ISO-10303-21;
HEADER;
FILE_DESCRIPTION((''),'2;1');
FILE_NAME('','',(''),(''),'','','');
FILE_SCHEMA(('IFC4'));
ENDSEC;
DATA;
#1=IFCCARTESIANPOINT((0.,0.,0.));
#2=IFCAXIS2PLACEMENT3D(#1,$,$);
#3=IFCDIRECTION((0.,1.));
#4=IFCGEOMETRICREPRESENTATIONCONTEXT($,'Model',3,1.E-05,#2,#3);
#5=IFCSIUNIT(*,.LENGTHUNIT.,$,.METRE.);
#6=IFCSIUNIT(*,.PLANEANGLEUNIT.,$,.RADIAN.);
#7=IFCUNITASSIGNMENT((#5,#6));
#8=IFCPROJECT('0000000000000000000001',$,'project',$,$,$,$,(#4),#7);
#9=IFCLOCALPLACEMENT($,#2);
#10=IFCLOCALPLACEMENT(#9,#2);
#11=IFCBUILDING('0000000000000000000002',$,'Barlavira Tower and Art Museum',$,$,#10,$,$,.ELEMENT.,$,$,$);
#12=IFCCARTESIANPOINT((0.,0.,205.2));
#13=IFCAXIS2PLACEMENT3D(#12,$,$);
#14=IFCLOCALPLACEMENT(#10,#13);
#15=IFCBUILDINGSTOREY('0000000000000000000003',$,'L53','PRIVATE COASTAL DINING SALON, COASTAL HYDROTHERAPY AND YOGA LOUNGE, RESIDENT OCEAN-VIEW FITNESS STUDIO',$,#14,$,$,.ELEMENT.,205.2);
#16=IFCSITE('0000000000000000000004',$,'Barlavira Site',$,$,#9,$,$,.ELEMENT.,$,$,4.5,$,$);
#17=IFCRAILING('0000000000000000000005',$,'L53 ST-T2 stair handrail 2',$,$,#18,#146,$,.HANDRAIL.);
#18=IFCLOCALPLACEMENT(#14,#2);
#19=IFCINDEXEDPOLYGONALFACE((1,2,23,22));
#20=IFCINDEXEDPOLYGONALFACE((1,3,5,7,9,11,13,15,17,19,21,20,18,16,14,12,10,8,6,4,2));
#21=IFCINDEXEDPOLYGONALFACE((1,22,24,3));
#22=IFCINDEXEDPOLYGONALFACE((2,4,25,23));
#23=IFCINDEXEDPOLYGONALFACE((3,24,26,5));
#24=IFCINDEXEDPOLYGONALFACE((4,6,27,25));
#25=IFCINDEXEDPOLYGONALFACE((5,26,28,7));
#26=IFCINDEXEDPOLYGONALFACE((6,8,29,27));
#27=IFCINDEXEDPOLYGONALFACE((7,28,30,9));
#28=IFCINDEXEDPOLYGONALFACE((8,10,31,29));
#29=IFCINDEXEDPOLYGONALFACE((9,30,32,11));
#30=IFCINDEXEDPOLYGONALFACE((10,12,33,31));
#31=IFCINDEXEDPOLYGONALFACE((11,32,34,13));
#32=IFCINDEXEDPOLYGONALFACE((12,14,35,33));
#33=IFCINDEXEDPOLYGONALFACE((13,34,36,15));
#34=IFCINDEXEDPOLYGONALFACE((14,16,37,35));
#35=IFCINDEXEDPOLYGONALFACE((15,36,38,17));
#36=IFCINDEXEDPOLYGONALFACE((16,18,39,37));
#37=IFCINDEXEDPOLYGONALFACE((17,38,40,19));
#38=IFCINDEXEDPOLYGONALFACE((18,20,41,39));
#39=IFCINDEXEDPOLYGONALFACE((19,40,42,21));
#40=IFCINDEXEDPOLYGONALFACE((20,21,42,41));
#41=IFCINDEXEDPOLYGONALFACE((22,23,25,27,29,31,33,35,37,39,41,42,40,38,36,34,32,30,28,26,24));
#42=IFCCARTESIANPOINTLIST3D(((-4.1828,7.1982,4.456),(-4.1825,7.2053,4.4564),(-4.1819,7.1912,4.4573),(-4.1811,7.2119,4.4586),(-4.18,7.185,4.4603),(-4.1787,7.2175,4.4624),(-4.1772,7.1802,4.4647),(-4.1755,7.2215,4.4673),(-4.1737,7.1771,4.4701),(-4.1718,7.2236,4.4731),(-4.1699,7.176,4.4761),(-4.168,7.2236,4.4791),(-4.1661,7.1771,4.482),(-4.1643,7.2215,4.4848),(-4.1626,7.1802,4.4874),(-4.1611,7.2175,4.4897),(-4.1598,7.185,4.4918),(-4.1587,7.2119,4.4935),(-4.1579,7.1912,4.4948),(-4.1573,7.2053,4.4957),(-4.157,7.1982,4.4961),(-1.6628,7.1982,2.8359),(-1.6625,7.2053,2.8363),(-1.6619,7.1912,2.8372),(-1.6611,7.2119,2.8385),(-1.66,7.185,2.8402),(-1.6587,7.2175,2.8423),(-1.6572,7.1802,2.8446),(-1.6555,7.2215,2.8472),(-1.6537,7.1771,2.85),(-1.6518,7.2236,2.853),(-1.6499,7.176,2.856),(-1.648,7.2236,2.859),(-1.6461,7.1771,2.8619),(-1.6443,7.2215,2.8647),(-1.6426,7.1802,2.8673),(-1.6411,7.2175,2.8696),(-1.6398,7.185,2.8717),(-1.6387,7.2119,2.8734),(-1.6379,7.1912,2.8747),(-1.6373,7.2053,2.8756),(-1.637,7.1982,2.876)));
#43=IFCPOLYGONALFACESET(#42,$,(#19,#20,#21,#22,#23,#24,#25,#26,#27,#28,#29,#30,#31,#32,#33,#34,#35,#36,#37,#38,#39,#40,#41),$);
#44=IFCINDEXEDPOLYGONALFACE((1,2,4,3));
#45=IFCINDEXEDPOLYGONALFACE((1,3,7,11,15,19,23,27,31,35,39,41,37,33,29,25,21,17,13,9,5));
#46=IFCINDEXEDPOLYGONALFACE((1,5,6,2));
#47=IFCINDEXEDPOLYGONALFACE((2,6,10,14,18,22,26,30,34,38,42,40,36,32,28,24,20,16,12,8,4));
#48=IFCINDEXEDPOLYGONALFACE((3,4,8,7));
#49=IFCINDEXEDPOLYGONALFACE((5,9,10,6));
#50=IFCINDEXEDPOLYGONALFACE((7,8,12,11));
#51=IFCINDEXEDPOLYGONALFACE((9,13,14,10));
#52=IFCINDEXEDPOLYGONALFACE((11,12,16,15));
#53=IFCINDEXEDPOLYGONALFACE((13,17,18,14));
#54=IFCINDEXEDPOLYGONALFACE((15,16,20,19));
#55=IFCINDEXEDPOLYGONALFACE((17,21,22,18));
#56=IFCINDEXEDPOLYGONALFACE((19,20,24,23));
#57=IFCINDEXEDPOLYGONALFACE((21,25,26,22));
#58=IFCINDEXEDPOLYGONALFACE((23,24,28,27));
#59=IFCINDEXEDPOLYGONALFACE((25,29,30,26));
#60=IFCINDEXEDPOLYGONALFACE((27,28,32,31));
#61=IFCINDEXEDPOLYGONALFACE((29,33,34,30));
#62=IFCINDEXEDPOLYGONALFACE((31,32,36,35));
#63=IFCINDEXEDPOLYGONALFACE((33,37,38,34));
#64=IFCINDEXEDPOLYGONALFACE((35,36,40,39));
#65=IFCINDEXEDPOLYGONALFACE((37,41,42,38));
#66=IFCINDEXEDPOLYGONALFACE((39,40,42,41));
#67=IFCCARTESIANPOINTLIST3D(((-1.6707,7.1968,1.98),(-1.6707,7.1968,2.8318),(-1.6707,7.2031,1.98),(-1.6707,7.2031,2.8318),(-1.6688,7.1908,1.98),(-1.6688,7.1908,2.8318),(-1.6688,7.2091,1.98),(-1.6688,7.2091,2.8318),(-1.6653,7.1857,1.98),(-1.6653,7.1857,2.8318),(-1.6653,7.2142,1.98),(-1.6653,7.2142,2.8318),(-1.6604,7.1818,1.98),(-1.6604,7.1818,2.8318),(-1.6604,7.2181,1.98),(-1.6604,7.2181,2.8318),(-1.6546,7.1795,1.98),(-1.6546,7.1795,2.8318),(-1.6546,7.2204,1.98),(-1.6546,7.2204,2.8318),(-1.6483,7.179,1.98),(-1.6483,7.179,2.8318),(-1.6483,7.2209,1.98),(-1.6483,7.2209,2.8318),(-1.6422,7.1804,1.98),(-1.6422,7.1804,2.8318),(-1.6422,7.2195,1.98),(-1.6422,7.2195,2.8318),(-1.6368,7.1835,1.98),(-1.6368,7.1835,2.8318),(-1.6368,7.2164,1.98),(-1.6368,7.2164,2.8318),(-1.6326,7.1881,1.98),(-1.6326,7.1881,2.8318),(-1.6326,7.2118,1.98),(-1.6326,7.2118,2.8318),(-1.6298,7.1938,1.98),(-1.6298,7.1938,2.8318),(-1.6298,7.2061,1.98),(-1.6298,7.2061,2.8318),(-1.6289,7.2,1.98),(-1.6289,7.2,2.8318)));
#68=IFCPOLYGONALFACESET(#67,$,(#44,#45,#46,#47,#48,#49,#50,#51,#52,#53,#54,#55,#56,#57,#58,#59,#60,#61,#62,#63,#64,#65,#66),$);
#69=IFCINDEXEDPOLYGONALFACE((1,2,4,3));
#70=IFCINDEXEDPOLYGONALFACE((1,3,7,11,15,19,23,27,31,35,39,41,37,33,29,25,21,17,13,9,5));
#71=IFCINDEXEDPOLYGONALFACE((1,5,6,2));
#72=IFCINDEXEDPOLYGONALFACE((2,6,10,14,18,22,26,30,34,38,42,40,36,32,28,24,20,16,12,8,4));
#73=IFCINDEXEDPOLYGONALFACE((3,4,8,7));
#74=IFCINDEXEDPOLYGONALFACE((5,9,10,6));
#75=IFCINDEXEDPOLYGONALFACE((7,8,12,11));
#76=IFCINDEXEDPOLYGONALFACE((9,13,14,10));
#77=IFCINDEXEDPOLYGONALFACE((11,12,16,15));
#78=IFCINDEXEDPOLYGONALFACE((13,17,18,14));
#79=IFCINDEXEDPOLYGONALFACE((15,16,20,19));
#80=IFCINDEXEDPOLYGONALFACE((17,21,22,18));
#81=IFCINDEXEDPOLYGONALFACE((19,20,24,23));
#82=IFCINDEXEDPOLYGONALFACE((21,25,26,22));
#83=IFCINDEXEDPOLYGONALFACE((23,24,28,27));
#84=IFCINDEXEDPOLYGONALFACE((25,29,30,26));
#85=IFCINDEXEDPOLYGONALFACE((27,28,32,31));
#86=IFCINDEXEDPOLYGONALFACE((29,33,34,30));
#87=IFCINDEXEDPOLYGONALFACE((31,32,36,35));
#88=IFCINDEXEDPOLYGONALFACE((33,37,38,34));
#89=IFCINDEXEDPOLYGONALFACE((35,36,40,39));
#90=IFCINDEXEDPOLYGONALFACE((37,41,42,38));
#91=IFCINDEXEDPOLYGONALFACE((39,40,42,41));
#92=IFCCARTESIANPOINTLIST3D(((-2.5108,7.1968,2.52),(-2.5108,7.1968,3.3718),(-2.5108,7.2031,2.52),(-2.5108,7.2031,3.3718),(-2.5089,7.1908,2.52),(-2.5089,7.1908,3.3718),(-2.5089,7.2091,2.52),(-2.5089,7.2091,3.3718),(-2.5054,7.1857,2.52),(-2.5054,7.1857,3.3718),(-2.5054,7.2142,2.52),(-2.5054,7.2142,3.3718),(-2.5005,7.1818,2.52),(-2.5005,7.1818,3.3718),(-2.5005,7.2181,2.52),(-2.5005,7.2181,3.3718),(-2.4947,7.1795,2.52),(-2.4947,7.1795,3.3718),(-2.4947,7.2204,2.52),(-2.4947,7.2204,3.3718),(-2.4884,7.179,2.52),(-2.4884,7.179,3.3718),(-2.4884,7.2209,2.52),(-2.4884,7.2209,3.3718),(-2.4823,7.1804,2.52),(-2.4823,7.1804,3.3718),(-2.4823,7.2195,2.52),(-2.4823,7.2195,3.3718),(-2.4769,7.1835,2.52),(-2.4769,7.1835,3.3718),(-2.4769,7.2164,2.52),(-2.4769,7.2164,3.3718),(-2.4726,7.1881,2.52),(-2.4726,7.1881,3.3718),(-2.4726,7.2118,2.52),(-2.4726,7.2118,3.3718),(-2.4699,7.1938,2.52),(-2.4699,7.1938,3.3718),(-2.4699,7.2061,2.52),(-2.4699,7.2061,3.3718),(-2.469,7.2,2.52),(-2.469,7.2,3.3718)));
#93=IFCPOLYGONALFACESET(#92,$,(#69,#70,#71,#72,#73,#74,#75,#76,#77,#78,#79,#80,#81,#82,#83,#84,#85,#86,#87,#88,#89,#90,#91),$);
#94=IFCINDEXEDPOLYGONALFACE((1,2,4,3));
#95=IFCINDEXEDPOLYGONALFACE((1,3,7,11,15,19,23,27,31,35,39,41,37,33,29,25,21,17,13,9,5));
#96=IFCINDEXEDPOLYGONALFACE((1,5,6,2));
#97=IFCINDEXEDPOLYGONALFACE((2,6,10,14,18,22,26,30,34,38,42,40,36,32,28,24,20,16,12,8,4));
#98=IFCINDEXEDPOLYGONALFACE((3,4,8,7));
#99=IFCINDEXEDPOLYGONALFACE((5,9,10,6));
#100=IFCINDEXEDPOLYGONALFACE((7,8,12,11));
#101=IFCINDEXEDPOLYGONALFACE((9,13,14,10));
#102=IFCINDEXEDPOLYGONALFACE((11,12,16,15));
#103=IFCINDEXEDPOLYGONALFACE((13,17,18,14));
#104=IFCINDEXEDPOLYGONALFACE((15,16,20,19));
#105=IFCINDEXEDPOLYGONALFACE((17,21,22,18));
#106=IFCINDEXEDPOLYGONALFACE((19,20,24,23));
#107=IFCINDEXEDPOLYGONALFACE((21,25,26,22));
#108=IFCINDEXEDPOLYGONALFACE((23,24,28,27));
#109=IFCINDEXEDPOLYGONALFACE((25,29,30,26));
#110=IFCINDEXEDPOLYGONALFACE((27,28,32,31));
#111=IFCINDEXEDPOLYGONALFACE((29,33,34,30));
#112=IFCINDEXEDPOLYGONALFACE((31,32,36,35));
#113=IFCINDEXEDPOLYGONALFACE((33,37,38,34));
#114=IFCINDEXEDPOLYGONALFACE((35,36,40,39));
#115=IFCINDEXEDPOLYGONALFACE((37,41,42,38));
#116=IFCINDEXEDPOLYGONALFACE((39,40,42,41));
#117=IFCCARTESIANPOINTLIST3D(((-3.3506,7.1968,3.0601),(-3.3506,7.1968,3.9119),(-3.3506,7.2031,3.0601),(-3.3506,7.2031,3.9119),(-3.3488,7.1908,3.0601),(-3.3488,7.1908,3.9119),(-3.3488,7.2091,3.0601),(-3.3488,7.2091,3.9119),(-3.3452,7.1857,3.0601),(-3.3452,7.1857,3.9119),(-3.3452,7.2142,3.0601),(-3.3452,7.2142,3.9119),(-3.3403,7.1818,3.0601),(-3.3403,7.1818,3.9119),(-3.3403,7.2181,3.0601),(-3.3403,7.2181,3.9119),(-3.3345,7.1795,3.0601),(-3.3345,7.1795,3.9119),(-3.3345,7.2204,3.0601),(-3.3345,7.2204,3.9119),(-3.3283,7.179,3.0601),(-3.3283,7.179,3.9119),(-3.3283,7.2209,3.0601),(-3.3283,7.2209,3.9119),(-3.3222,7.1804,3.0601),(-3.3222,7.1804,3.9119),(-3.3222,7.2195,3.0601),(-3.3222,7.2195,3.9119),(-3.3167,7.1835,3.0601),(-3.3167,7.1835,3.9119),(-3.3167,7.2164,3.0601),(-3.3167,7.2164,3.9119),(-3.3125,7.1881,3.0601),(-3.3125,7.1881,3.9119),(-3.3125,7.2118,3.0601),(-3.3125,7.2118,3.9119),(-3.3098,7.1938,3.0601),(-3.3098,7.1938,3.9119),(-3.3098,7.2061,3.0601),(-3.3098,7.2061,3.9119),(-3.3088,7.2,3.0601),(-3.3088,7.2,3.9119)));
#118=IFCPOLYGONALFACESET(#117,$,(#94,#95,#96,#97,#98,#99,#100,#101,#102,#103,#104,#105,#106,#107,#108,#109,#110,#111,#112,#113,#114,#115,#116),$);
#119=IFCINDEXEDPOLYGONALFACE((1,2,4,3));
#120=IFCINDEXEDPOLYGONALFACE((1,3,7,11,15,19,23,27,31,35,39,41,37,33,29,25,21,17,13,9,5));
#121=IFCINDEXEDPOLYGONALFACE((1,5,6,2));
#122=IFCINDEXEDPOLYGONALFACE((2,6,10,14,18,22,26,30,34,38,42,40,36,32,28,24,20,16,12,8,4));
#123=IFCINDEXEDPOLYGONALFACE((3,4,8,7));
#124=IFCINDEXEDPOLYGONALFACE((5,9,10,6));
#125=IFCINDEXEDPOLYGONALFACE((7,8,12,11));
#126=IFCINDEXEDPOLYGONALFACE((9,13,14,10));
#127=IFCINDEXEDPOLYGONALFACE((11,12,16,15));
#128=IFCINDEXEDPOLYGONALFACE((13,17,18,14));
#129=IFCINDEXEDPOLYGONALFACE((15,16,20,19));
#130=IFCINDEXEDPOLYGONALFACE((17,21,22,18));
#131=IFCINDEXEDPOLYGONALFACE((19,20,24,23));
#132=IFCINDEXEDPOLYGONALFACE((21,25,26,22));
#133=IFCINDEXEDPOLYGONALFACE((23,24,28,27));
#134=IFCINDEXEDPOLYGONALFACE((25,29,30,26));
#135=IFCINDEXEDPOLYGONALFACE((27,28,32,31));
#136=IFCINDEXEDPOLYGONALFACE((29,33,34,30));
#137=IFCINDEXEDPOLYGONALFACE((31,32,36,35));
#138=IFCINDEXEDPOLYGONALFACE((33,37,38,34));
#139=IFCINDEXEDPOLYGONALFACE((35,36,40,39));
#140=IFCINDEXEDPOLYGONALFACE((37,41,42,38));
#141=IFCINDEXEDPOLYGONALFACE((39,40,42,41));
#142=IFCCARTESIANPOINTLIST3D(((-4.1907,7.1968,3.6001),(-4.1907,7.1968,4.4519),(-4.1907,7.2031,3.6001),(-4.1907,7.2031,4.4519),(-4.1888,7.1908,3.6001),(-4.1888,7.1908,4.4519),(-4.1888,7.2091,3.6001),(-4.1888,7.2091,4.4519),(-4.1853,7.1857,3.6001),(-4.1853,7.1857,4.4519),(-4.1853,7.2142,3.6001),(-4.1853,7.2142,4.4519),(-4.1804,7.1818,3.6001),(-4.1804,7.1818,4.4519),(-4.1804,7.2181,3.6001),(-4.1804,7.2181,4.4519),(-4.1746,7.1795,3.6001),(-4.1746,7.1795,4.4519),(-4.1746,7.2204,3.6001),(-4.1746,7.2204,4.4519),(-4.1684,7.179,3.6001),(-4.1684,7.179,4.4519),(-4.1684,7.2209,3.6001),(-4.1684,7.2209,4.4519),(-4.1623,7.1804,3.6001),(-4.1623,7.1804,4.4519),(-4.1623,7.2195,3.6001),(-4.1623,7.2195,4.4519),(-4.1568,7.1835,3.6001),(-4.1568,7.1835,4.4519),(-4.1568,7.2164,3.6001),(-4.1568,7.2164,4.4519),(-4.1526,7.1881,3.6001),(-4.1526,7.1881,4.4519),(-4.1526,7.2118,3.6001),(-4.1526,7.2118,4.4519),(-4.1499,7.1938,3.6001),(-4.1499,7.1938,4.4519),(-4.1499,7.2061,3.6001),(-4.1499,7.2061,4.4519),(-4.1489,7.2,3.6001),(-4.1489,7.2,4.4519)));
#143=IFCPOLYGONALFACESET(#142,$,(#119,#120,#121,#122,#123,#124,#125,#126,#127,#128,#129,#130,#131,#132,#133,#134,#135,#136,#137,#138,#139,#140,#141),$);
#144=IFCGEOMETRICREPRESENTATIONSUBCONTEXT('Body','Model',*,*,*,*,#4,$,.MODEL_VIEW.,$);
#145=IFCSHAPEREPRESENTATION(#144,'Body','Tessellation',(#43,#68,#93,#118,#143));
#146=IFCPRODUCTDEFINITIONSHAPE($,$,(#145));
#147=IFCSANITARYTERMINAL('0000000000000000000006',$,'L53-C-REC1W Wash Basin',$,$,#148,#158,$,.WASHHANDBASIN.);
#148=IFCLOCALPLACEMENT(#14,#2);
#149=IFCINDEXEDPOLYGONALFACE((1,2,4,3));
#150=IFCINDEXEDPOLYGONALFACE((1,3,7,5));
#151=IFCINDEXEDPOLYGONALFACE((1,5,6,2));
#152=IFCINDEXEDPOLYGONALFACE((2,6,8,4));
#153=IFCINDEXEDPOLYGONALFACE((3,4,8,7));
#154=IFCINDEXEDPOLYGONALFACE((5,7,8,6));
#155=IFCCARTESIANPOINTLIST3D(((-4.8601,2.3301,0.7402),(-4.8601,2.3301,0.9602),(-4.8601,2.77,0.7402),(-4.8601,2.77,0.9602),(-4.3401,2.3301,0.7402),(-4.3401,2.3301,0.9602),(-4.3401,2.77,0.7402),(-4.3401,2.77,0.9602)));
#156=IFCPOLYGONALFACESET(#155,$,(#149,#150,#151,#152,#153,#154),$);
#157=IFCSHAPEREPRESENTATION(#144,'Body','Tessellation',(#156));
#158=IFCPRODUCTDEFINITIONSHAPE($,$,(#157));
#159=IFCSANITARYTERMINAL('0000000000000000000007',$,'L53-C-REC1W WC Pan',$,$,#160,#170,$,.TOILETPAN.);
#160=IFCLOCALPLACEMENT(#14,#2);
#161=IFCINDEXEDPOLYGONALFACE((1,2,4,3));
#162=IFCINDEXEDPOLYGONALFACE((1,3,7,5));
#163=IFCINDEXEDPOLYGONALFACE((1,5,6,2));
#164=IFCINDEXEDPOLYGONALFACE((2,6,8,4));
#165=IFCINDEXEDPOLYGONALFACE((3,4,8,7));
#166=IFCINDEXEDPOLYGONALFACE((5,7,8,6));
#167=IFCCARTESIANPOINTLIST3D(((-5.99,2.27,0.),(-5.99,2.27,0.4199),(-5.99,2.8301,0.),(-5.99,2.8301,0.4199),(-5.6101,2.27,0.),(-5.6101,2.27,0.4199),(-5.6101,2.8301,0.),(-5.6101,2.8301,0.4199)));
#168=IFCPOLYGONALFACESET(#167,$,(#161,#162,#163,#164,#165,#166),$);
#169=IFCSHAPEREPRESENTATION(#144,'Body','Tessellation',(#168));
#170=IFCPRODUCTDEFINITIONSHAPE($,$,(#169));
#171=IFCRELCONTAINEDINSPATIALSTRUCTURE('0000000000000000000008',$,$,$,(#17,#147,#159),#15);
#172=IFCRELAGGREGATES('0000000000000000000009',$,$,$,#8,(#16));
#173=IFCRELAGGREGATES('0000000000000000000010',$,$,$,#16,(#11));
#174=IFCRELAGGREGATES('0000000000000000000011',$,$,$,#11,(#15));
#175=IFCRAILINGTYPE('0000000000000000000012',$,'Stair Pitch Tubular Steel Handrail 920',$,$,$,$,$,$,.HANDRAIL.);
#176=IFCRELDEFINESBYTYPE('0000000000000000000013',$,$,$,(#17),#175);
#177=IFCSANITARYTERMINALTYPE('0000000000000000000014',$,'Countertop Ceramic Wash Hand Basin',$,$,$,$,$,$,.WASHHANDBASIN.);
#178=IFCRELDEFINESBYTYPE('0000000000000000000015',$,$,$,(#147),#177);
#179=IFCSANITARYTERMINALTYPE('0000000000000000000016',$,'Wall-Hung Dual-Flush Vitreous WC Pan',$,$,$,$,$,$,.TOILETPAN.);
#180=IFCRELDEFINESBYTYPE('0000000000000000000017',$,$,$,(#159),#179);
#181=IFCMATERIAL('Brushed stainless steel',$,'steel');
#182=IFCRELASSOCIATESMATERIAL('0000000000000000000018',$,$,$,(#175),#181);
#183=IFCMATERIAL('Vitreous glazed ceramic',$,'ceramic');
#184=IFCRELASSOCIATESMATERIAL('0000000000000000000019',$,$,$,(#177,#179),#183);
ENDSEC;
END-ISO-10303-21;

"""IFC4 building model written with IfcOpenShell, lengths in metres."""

from ifc_helpers import new_model, si_unit, direction, frame, origin, origin_2d, place, context, subcontext, project, spatial, rectangle, circle, extrude, material, type_object, element, save


model = new_model("IFC4")

# Units and contexts
model_context = context("Model", 3, precision=1e-05, world=origin(), true_north=direction((0.0, 1.0)))
body_context = subcontext(model_context, "Body", "Model", "MODEL_VIEW")
ifc_project = project(units=[si_unit("LENGTHUNIT", "METRE"), si_unit("PLANEANGLEUNIT", "RADIAN")], contexts=[model_context])

# Site, building, storey
site_placement = place(None, origin())
site = spatial("IfcSite", under=ifc_project, at=site_placement, Name="Barlavira Site", CompositionType="ELEMENT", RefElevation=4.5)
building_placement = place(site_placement, origin())
building = spatial("IfcBuilding", under=site, at=building_placement, Name="Barlavira Tower and Art Museum", CompositionType="ELEMENT")
storey_placement = place(building_placement, frame((0.0, 0.0, 205.2)))
storey = spatial("IfcBuildingStorey", under=building, at=storey_placement, Name="L53", Description="PRIVATE COASTAL DINING SALON, COASTAL HYDROTHERAPY AND YOGA LOUNGE, RESIDENT OCEAN-VIEW FITNESS STUDIO", CompositionType="ELEMENT", Elevation=205.2)

# Shared definitions
ifc_material_1 = material(Name="Brushed stainless steel", Category="steel")

# Railing
railing_type_1 = type_object("IfcRailingType", Name="Stair Pitch Tubular Steel Handrail 920", PredefinedType="HANDRAIL", material=ifc_material_1)
railing_1_placement = place(storey_placement, frame((-1.6499, 7.2, 1.98)))
element("IfcRailing", 1, at=railing_1_placement, inside=storey, type_object=railing_type_1, Name="L53 ST-T2 stair handrail 2", PredefinedType="HANDRAIL", context=body_context, shape_type="SweptSolid", body=[
    extrude(circle(Radius=0.0239, at=origin_2d()), frame((0.0, 0.0, 0.876), z_axis=(-0.841163, 0.0, 0.540782), x_axis=(0.0, -1.0, 0.0)), (0.0, 0.0, 1.0), 2.9958),
    extrude(circle(Radius=0.021, at=origin_2d()), origin(), (0.0, 0.0, 1.0), 0.8518),
    extrude(circle(Radius=0.021, at=origin_2d()), frame((-0.8401, 0.0, 0.54)), (0.0, 0.0, 1.0), 0.8518),
    extrude(circle(Radius=0.021, at=origin_2d()), frame((-1.6799, 0.0, 1.0801)), (0.0, 0.0, 1.0), 0.8518),
    extrude(circle(Radius=0.021, at=origin_2d()), frame((-2.52, 0.0, 1.6201)), (0.0, 0.0, 1.0), 0.8518),
])

# Sanitary terminals
ifc_material_2 = material(Name="Vitreous glazed ceramic", Category="ceramic")
sanitary_terminal_type_1 = type_object("IfcSanitaryTerminalType", Name="Countertop Ceramic Wash Hand Basin", PredefinedType="WASHHANDBASIN", material=ifc_material_2)
sanitary_terminal_1_placement = place(storey_placement, frame((-4.6001, 2.55, 0.7402), z_axis=(0.0, 0.0, 1.0), x_axis=(1.0, 0.0, 0.0)))
element("IfcSanitaryTerminal", 2, at=sanitary_terminal_1_placement, inside=storey, type_object=sanitary_terminal_type_1, Name="L53-C-REC1W Wash Basin", PredefinedType="WASHHANDBASIN", context=body_context, shape_type="SweptSolid", body=[
    extrude(rectangle(XDim=0.52, YDim=0.4399, at=origin_2d()), origin(), (0.0, 0.0, 1.0), 0.22),
])
sanitary_terminal_type_2 = type_object("IfcSanitaryTerminalType", Name="Wall-Hung Dual-Flush Vitreous WC Pan", PredefinedType="TOILETPAN", material=ifc_material_2)
sanitary_terminal_2_placement = place(storey_placement, frame((-5.8, 2.55, 0.0), z_axis=(0.0, 0.0, 1.0), x_axis=(1.0, 0.0, 0.0)))
element("IfcSanitaryTerminal", 3, at=sanitary_terminal_2_placement, inside=storey, type_object=sanitary_terminal_type_2, Name="L53-C-REC1W WC Pan", PredefinedType="TOILETPAN", context=body_context, shape_type="SweptSolid", body=[
    extrude(rectangle(XDim=0.3799, YDim=0.5601, at=origin_2d()), origin(), (0.0, 0.0, 1.0), 0.4199),
])

save(model, "model.ifc")
